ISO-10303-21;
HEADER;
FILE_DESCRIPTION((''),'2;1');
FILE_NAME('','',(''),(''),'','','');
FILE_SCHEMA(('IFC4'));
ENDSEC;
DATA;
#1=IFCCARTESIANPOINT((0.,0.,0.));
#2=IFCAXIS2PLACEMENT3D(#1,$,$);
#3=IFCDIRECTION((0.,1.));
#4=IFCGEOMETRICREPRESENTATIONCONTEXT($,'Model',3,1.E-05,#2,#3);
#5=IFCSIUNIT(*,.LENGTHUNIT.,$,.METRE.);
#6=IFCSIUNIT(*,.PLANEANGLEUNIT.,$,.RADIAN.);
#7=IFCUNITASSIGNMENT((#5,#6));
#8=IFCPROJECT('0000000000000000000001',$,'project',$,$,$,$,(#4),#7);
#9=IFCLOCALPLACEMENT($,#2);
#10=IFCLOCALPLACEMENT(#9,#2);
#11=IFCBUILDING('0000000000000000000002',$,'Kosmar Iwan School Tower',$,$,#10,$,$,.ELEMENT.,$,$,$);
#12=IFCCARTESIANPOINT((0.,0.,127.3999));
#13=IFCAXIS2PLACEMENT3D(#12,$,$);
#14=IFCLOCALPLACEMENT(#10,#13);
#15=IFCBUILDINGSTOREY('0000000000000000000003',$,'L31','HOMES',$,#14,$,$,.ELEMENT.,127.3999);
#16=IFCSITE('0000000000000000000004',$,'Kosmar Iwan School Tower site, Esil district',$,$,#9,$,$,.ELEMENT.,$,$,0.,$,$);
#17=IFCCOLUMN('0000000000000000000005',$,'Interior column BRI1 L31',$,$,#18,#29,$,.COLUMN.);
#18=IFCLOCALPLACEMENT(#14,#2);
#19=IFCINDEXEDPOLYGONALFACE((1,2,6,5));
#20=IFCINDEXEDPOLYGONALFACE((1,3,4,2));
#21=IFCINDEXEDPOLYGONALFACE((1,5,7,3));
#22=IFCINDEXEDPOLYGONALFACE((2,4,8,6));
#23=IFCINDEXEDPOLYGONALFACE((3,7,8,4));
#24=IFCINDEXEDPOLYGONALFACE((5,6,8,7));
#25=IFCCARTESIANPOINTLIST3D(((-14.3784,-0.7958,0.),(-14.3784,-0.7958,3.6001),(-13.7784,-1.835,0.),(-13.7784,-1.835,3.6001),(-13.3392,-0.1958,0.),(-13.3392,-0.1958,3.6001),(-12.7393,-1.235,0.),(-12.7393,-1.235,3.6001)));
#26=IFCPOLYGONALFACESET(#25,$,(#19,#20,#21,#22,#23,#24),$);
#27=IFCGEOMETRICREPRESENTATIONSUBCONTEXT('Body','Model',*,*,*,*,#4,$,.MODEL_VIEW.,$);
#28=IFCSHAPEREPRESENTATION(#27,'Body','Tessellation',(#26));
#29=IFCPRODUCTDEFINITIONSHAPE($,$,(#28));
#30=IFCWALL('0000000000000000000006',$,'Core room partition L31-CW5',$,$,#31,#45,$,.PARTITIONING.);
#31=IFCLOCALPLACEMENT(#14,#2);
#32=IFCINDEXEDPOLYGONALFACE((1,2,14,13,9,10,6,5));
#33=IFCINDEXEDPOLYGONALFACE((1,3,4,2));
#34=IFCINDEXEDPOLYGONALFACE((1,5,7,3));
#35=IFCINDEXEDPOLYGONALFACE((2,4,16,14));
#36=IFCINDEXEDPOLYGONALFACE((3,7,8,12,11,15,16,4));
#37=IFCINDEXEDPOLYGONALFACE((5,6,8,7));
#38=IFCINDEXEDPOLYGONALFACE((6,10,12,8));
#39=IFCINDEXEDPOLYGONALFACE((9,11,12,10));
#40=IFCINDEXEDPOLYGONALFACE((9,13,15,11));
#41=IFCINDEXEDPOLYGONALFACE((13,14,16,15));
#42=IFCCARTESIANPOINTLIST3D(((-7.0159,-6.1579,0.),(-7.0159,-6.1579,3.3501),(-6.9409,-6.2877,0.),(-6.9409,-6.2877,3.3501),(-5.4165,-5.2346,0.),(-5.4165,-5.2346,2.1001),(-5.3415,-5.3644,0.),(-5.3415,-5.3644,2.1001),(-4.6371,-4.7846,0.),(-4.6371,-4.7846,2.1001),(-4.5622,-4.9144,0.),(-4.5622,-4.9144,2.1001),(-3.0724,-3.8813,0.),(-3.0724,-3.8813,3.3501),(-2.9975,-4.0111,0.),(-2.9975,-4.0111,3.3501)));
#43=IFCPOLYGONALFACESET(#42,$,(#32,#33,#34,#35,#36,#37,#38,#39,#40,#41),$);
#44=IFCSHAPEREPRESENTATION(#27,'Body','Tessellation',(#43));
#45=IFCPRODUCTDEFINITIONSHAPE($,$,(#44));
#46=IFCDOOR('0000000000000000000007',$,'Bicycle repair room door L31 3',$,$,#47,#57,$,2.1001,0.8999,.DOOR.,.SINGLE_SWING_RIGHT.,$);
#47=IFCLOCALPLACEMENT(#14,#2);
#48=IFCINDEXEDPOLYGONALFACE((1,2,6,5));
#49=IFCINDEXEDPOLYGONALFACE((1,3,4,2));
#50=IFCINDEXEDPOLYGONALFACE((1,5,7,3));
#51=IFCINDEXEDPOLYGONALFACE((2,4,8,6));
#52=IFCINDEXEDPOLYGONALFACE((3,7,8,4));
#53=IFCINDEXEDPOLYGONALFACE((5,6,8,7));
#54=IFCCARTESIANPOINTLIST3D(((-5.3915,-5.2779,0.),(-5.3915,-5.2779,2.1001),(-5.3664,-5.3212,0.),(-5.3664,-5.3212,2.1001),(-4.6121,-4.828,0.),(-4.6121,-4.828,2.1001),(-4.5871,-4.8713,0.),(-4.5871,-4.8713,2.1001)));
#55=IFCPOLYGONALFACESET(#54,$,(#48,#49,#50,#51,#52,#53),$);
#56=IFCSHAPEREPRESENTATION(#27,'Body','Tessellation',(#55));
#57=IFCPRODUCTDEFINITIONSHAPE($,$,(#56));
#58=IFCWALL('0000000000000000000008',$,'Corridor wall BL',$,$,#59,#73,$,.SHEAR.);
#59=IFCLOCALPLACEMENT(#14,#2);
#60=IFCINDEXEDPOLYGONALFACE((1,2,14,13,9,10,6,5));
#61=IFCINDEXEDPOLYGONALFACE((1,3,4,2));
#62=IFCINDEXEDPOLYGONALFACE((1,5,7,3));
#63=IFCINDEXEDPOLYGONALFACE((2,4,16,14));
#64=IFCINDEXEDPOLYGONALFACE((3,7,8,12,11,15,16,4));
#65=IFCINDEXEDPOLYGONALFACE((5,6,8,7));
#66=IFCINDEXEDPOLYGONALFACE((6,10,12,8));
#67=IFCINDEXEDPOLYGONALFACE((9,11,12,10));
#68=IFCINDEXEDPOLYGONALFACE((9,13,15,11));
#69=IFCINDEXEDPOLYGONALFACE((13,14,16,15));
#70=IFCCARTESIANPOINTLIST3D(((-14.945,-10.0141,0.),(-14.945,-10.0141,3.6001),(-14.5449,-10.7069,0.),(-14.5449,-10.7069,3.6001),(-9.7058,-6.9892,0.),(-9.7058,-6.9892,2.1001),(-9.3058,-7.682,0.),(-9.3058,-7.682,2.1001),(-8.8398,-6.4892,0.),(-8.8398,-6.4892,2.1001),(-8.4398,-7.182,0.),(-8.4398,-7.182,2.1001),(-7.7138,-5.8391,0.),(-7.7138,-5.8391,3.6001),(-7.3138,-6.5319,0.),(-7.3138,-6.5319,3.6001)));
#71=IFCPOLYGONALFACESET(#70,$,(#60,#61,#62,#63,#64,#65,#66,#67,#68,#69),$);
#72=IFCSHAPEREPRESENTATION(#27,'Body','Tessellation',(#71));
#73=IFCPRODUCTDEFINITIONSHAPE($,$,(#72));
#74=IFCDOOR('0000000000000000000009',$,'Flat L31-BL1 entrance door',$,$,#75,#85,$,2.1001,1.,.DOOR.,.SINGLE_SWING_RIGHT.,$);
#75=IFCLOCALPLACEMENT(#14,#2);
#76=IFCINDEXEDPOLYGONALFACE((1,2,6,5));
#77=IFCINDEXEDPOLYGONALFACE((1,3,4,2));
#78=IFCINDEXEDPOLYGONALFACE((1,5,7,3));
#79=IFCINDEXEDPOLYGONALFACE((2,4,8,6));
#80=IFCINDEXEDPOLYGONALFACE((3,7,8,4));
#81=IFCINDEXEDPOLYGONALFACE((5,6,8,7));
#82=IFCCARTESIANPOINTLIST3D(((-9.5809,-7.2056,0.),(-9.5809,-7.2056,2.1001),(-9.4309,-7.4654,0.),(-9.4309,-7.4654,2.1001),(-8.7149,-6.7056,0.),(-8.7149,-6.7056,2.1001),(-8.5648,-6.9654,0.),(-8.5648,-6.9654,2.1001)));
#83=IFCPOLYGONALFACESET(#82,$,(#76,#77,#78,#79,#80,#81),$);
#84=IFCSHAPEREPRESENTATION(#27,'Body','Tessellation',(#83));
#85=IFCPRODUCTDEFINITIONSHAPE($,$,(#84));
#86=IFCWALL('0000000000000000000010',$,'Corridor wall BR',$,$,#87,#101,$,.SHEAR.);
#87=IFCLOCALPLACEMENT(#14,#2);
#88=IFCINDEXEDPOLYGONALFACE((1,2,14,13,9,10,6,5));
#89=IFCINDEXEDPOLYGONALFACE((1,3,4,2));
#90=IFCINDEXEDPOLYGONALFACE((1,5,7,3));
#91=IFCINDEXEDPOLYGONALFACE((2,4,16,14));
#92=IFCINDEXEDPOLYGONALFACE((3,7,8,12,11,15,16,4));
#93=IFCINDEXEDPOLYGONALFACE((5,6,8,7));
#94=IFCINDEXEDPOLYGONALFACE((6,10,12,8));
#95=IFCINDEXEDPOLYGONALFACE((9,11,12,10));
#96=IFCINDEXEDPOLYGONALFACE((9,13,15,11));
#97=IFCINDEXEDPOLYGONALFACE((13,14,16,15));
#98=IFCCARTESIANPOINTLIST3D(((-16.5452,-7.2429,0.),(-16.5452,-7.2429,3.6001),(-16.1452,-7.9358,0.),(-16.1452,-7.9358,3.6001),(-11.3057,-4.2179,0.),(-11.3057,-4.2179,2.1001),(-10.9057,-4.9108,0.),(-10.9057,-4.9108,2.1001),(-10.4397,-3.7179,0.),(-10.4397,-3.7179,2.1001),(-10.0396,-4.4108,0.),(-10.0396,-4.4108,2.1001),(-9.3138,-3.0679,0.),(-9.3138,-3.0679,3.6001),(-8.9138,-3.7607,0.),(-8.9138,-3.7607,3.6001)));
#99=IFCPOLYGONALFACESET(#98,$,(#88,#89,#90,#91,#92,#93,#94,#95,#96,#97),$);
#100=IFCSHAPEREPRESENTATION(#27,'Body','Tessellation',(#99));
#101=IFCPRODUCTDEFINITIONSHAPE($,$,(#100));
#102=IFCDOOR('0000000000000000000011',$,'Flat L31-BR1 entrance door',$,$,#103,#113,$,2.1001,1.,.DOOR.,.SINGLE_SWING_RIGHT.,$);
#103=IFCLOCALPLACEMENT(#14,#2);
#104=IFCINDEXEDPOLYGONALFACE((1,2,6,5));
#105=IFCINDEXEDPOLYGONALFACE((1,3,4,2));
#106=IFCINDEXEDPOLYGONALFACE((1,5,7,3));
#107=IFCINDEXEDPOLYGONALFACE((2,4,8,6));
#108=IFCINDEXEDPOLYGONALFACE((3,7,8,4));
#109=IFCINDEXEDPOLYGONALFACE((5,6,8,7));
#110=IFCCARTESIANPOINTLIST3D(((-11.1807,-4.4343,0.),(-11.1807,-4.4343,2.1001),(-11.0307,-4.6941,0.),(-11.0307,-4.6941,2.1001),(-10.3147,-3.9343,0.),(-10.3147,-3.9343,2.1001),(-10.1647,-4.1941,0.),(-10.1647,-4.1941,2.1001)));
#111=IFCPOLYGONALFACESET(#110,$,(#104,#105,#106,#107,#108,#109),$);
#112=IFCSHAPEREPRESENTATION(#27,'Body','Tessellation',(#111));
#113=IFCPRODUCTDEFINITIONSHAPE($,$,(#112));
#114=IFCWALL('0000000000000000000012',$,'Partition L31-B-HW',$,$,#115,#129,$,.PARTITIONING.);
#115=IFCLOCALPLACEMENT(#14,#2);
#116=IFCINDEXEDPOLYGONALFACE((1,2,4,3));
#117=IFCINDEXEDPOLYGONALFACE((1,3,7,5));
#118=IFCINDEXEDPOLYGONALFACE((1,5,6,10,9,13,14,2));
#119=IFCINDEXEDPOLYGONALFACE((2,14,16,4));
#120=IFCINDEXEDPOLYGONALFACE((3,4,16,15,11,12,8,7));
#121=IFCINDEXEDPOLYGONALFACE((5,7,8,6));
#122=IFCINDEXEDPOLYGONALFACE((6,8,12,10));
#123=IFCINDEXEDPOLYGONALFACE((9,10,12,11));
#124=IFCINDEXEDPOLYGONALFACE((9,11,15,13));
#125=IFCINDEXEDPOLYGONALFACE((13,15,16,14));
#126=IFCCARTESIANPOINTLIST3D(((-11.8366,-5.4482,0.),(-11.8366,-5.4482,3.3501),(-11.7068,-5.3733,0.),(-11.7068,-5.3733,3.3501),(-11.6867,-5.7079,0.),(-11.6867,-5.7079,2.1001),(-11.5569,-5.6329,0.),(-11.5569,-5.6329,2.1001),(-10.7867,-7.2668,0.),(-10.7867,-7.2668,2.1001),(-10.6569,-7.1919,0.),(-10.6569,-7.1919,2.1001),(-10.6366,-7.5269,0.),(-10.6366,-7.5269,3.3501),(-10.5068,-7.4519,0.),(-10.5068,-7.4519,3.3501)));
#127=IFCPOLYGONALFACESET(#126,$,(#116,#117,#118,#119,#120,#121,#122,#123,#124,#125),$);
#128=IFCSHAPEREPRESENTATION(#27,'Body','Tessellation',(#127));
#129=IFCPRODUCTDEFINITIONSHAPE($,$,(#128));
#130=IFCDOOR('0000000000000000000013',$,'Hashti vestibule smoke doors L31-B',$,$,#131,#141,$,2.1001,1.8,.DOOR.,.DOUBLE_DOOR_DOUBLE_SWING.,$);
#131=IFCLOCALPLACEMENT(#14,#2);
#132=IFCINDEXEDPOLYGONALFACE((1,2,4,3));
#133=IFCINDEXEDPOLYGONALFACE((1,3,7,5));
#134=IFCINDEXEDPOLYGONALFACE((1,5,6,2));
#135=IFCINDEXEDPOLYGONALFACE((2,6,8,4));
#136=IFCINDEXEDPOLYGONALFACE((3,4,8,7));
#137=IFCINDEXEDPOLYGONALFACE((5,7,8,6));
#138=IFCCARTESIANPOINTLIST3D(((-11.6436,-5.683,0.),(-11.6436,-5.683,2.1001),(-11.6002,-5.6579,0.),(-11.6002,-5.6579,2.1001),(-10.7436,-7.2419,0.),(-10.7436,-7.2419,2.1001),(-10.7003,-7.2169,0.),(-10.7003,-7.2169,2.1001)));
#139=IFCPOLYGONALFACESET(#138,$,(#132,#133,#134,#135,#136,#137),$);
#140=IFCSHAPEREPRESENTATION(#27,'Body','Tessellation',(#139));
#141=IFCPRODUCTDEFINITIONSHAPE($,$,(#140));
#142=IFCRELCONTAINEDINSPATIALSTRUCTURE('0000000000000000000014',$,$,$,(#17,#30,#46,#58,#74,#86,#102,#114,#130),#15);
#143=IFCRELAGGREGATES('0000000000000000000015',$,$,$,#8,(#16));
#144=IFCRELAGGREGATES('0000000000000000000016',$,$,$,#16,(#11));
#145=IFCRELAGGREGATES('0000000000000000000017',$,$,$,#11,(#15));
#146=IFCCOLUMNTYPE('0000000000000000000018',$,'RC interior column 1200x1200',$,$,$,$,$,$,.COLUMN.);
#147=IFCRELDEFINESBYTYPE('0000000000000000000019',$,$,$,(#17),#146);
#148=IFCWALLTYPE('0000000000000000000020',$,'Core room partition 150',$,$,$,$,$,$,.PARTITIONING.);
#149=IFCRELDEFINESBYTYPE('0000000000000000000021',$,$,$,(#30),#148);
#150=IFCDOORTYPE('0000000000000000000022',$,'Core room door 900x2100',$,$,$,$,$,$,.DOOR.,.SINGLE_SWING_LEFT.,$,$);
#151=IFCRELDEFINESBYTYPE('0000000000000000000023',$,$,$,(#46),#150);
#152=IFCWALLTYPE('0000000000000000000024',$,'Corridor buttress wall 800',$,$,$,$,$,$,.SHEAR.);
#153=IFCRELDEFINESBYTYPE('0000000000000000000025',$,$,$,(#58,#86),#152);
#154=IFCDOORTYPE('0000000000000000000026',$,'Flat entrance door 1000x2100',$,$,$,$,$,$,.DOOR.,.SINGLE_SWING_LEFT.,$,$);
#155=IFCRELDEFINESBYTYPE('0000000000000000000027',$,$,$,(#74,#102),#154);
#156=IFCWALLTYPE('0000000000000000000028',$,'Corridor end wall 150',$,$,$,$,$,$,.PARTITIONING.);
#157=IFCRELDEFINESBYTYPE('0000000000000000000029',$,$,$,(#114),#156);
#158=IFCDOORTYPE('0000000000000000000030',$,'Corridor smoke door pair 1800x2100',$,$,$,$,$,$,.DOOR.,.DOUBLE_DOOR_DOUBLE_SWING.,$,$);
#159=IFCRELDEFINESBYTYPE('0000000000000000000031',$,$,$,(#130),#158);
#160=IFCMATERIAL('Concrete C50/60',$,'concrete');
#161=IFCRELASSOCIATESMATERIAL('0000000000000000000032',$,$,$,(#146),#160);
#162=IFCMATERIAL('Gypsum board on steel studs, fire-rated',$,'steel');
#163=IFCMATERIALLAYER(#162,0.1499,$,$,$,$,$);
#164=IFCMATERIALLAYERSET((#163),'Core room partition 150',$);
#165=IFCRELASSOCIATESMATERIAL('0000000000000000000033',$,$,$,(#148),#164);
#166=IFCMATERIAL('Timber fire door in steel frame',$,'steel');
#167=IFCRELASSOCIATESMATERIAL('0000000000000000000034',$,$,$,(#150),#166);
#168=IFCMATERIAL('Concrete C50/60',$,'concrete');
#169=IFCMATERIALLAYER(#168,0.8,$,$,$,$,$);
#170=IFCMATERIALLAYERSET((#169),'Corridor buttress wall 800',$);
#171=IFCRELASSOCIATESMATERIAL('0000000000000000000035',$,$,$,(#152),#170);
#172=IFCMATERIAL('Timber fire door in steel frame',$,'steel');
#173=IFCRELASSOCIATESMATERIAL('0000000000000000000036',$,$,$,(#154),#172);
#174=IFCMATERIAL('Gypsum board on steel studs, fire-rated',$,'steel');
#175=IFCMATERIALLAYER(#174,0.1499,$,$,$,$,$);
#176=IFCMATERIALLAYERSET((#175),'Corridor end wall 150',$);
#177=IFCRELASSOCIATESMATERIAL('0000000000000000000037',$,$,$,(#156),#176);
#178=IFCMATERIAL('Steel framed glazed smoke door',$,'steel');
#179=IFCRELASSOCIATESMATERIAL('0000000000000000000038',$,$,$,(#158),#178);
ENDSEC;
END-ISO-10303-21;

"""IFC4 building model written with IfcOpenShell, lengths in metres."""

from ifc_helpers import new_model, si_unit, direction, frame, frame_2d, origin, origin_2d, place, context, subcontext, project, spatial, rectangle, extrude, material, layer, layer_set, material_profile, profile_set, type_object, element, fill, save


model = new_model("IFC4")

# Units and contexts
model_context = context("Model", 3, precision=1e-05, world=origin(), true_north=direction((0.0, 1.0)))
body_context = subcontext(model_context, "Body", "Model", "MODEL_VIEW")
ifc_project = project(units=[si_unit("LENGTHUNIT", "METRE"), si_unit("PLANEANGLEUNIT", "RADIAN")], contexts=[model_context])

# Site, building, storey
site_placement = place(None, origin())
site = spatial("IfcSite", under=ifc_project, at=site_placement, Name="Kosmar Iwan School Tower site, Esil district", CompositionType="ELEMENT", RefElevation=0.0)
building_placement = place(site_placement, origin())
building = spatial("IfcBuilding", under=site, at=building_placement, Name="Kosmar Iwan School Tower", CompositionType="ELEMENT")
storey_placement = place(building_placement, frame((0.0, 0.0, 127.3999)))
storey = spatial("IfcBuildingStorey", under=building, at=storey_placement, Name="L31", Description="HOMES", CompositionType="ELEMENT", Elevation=127.3999)

# Column
ifc_material_1 = material(Name="Concrete C50/60", Category="concrete")
ifc_material_profile = material_profile(ifc_material_1, rectangle(XDim=1.2, YDim=1.2, at=origin_2d()), Name="RC 1200x1200")
ifc_profile_set = profile_set([ifc_material_profile], Name="Concrete C50/60")
column_type = type_object("IfcColumnType", Name="RC interior column 1200x1200", PredefinedType="COLUMN", material=ifc_profile_set)
column_placement = place(storey_placement, frame((-13.5588, -1.0154, 0.0), z_axis=(0.0, 0.0, 1.0), x_axis=(-0.866025, -0.5, 0.0)))
element("IfcColumn", 1, at=column_placement, inside=storey, type_object=column_type, Name="Interior column BRI1 L31", PredefinedType="COLUMN", context=body_context, shape_type="SweptSolid", body=[
    extrude(rectangle(XDim=1.2, YDim=1.2, at=origin_2d()), origin(), (0.0, 0.0, 1.0), 3.6001),
])

# Walls, openings, doors
ifc_material_2 = material(Name="Gypsum board on steel studs, fire-rated", Category="steel")
ifc_layer_1 = layer(ifc_material_2, 0.1499)
ifc_layer_set_1 = layer_set([ifc_layer_1], Name="Core room partition 150")
wall_type_1 = type_object("IfcWallType", Name="Core room partition 150", PredefinedType="PARTITIONING", material=ifc_layer_set_1)
wall_1_placement = place(storey_placement, frame((-6.9785, -6.2229, 0.0), z_axis=(0.0, 0.0, 1.0), x_axis=(0.866034, 0.499985, 0.0)))
wall_1 = element("IfcWall", 2, at=wall_1_placement, inside=storey, type_object=wall_type_1, Name="Core room partition L31-CW5", PredefinedType="PARTITIONING", context=body_context, shape_type="SweptSolid", body=[
    extrude(rectangle(XDim=4.5535, YDim=0.1499, at=frame_2d((2.2769, 0.0))), origin(), (0.0, 0.0, 1.0), 3.3501),
])
opening_1_placement = place(wall_1_placement, frame((1.8469, 0.0, 0.0)))
opening_1 = element("IfcOpeningElement", 3, at=opening_1_placement, cuts=wall_1, PredefinedType="OPENING", context=body_context, shape_type="SweptSolid", body=[
    extrude(rectangle(XDim=0.8999, YDim=2.1001, at=frame_2d((0.45, 1.05))), frame((0.0, 0.0869, 0.0), z_axis=(0.0, -1.0, 0.0), x_axis=(1.0, 0.0, 0.0)), (0.0, 0.0, 1.0), 0.1738),
])
ifc_material_3 = material(Name="Timber fire door in steel frame", Category="steel")
door_type_1 = type_object("IfcDoorType", Name="Core room door 900x2100", OperationType="SINGLE_SWING_LEFT", PredefinedType="DOOR", material=ifc_material_3)
door_1_placement = place(opening_1_placement, origin())
door_1 = element("IfcDoor", 4, at=door_1_placement, inside=storey, type_object=door_type_1, Name="Bicycle repair room door L31 3", OperationType="SINGLE_SWING_RIGHT", OverallHeight=2.1001, OverallWidth=0.8999, PredefinedType="DOOR", context=body_context, shape_type="SweptSolid", body=[
    extrude(rectangle(XDim=0.8999, YDim=2.1001, at=frame_2d((0.45, 1.05))), frame((0.0, 0.0249, 0.0), z_axis=(0.0, -1.0, 0.0), x_axis=(1.0, 0.0, 0.0)), (0.0, 0.0, 1.0), 0.05),
])
fill(opening_1, door_1)
ifc_material_4 = material(Name="Concrete C50/60", Category="concrete")
ifc_layer_2 = layer(ifc_material_4, 0.8)
ifc_layer_set_2 = layer_set([ifc_layer_2], Name="Corridor buttress wall 800")
wall_type_2 = type_object("IfcWallType", Name="Corridor buttress wall 800", PredefinedType="SHEAR", material=ifc_layer_set_2)
wall_2_placement = place(storey_placement, frame((-7.5139, -6.1855, 0.0), z_axis=(0.0, 0.0, 1.0), x_axis=(-0.86602, -0.50001, 0.0)))
wall_2 = element("IfcWall", 5, at=wall_2_placement, inside=storey, type_object=wall_type_2, Name="Corridor wall BL", PredefinedType="SHEAR", context=body_context, shape_type="SweptSolid", body=[
    extrude(rectangle(XDim=8.3499, YDim=0.8, at=frame_2d((4.1748, 0.0))), origin(), (0.0, 0.0, 1.0), 3.6001),
])
opening_2_placement = place(wall_2_placement, frame((1.3, 0.0, 0.0)))
opening_2 = element("IfcOpeningElement", 6, at=opening_2_placement, cuts=wall_2, PredefinedType="OPENING", context=body_context, shape_type="SweptSolid", body=[
    extrude(rectangle(XDim=1.0, YDim=2.1001, at=frame_2d((0.5, 1.05))), frame((0.0, 0.4121, 0.0), z_axis=(0.0, -1.0, 0.0), x_axis=(1.0, 0.0, 0.0)), (0.0, 0.0, 1.0), 0.824),
])
ifc_material_5 = material(Name="Timber fire door in steel frame", Category="steel")
door_type_2 = type_object("IfcDoorType", Name="Flat entrance door 1000x2100", OperationType="SINGLE_SWING_LEFT", PredefinedType="DOOR", material=ifc_material_5)
door_2_placement = place(opening_2_placement, origin())
door_2 = element("IfcDoor", 7, at=door_2_placement, inside=storey, type_object=door_type_2, Name="Flat L31-BL1 entrance door", OperationType="SINGLE_SWING_RIGHT", OverallHeight=2.1001, OverallWidth=1.0, PredefinedType="DOOR", context=body_context, shape_type="SweptSolid", body=[
    extrude(rectangle(XDim=1.0, YDim=2.1001, at=frame_2d((0.5, 1.05))), frame((0.0, 0.1499, 0.0), z_axis=(0.0, -1.0, 0.0), x_axis=(1.0, 0.0, 0.0)), (0.0, 0.0, 1.0), 0.3),
])
fill(opening_2, door_2)
wall_3_placement = place(storey_placement, frame((-9.1138, -3.4143, 0.0), z_axis=(0.0, 0.0, 1.0), x_axis=(-0.866027, -0.499997, 0.0)))
wall_3 = element("IfcWall", 8, at=wall_3_placement, inside=storey, type_object=wall_type_2, Name="Corridor wall BR", PredefinedType="SHEAR", context=body_context, shape_type="SweptSolid", body=[
    extrude(rectangle(XDim=8.3501, YDim=0.8, at=frame_2d((4.175, 0.0))), origin(), (0.0, 0.0, 1.0), 3.6001),
])
opening_3_placement = place(wall_3_placement, frame((1.3, 0.0, 0.0)))
opening_3 = element("IfcOpeningElement", 9, at=opening_3_placement, cuts=wall_3, PredefinedType="OPENING", context=body_context, shape_type="SweptSolid", body=[
    extrude(rectangle(XDim=1.0, YDim=2.1001, at=frame_2d((0.5, 1.05))), frame((0.0, 0.4121, 0.0), z_axis=(0.0, -1.0, 0.0), x_axis=(1.0, 0.0, 0.0)), (0.0, 0.0, 1.0), 0.824),
])
door_3_placement = place(opening_3_placement, origin())
door_3 = element("IfcDoor", 10, at=door_3_placement, inside=storey, type_object=door_type_2, Name="Flat L31-BR1 entrance door", OperationType="SINGLE_SWING_RIGHT", OverallHeight=2.1001, OverallWidth=1.0, PredefinedType="DOOR", context=body_context, shape_type="SweptSolid", body=[
    extrude(rectangle(XDim=1.0, YDim=2.1001, at=frame_2d((0.5, 1.05))), frame((0.0, 0.1499, 0.0), z_axis=(0.0, -1.0, 0.0), x_axis=(1.0, 0.0, 0.0)), (0.0, 0.0, 1.0), 0.3),
])
fill(opening_3, door_3)
ifc_material_6 = material(Name="Gypsum board on steel studs, fire-rated", Category="steel")
ifc_layer_3 = layer(ifc_material_6, 0.1499)
ifc_layer_set_3 = layer_set([ifc_layer_3], Name="Corridor end wall 150")
wall_type_3 = type_object("IfcWallType", Name="Corridor end wall 150", PredefinedType="PARTITIONING", material=ifc_layer_set_3)
wall_4_placement = place(storey_placement, frame((-11.7717, -5.4106, 0.0), z_axis=(0.0, 0.0, 1.0), x_axis=(0.499957, -0.86605, 0.0)))
wall_4 = element("IfcWall", 11, at=wall_4_placement, inside=storey, type_object=wall_type_3, Name="Partition L31-B-HW", PredefinedType="PARTITIONING", context=body_context, shape_type="SweptSolid", body=[
    extrude(rectangle(XDim=2.4001, YDim=0.1499, at=frame_2d((1.2002, 0.0))), origin(), (0.0, 0.0, 1.0), 3.3501),
])
opening_4_placement = place(wall_4_placement, frame((0.3, 0.0, 0.0)))
opening_4 = element("IfcOpeningElement", 12, at=opening_4_placement, cuts=wall_4, PredefinedType="OPENING", context=body_context, shape_type="SweptSolid", body=[
    extrude(rectangle(XDim=1.8, YDim=2.1001, at=frame_2d((0.8999, 1.05))), frame((0.0, 0.0869, 0.0), z_axis=(0.0, -1.0, 0.0), x_axis=(1.0, 0.0, 0.0)), (0.0, 0.0, 1.0), 0.1738),
])
ifc_material_7 = material(Name="Steel framed glazed smoke door", Category="steel")
door_type_3 = type_object("IfcDoorType", Name="Corridor smoke door pair 1800x2100", OperationType="DOUBLE_DOOR_DOUBLE_SWING", PredefinedType="DOOR", material=ifc_material_7)
door_4_placement = place(opening_4_placement, origin())
door_4 = element("IfcDoor", 13, at=door_4_placement, inside=storey, type_object=door_type_3, Name="Hashti vestibule smoke doors L31-B", OperationType="DOUBLE_DOOR_DOUBLE_SWING", OverallHeight=2.1001, OverallWidth=1.8, PredefinedType="DOOR", context=body_context, shape_type="SweptSolid", body=[
    extrude(rectangle(XDim=1.8, YDim=2.1001, at=frame_2d((0.8999, 1.05))), frame((0.0, 0.0249, 0.0), z_axis=(0.0, -1.0, 0.0), x_axis=(1.0, 0.0, 0.0)), (0.0, 0.0, 1.0), 0.05),
])
fill(opening_4, door_4)

save(model, "model.ifc")
